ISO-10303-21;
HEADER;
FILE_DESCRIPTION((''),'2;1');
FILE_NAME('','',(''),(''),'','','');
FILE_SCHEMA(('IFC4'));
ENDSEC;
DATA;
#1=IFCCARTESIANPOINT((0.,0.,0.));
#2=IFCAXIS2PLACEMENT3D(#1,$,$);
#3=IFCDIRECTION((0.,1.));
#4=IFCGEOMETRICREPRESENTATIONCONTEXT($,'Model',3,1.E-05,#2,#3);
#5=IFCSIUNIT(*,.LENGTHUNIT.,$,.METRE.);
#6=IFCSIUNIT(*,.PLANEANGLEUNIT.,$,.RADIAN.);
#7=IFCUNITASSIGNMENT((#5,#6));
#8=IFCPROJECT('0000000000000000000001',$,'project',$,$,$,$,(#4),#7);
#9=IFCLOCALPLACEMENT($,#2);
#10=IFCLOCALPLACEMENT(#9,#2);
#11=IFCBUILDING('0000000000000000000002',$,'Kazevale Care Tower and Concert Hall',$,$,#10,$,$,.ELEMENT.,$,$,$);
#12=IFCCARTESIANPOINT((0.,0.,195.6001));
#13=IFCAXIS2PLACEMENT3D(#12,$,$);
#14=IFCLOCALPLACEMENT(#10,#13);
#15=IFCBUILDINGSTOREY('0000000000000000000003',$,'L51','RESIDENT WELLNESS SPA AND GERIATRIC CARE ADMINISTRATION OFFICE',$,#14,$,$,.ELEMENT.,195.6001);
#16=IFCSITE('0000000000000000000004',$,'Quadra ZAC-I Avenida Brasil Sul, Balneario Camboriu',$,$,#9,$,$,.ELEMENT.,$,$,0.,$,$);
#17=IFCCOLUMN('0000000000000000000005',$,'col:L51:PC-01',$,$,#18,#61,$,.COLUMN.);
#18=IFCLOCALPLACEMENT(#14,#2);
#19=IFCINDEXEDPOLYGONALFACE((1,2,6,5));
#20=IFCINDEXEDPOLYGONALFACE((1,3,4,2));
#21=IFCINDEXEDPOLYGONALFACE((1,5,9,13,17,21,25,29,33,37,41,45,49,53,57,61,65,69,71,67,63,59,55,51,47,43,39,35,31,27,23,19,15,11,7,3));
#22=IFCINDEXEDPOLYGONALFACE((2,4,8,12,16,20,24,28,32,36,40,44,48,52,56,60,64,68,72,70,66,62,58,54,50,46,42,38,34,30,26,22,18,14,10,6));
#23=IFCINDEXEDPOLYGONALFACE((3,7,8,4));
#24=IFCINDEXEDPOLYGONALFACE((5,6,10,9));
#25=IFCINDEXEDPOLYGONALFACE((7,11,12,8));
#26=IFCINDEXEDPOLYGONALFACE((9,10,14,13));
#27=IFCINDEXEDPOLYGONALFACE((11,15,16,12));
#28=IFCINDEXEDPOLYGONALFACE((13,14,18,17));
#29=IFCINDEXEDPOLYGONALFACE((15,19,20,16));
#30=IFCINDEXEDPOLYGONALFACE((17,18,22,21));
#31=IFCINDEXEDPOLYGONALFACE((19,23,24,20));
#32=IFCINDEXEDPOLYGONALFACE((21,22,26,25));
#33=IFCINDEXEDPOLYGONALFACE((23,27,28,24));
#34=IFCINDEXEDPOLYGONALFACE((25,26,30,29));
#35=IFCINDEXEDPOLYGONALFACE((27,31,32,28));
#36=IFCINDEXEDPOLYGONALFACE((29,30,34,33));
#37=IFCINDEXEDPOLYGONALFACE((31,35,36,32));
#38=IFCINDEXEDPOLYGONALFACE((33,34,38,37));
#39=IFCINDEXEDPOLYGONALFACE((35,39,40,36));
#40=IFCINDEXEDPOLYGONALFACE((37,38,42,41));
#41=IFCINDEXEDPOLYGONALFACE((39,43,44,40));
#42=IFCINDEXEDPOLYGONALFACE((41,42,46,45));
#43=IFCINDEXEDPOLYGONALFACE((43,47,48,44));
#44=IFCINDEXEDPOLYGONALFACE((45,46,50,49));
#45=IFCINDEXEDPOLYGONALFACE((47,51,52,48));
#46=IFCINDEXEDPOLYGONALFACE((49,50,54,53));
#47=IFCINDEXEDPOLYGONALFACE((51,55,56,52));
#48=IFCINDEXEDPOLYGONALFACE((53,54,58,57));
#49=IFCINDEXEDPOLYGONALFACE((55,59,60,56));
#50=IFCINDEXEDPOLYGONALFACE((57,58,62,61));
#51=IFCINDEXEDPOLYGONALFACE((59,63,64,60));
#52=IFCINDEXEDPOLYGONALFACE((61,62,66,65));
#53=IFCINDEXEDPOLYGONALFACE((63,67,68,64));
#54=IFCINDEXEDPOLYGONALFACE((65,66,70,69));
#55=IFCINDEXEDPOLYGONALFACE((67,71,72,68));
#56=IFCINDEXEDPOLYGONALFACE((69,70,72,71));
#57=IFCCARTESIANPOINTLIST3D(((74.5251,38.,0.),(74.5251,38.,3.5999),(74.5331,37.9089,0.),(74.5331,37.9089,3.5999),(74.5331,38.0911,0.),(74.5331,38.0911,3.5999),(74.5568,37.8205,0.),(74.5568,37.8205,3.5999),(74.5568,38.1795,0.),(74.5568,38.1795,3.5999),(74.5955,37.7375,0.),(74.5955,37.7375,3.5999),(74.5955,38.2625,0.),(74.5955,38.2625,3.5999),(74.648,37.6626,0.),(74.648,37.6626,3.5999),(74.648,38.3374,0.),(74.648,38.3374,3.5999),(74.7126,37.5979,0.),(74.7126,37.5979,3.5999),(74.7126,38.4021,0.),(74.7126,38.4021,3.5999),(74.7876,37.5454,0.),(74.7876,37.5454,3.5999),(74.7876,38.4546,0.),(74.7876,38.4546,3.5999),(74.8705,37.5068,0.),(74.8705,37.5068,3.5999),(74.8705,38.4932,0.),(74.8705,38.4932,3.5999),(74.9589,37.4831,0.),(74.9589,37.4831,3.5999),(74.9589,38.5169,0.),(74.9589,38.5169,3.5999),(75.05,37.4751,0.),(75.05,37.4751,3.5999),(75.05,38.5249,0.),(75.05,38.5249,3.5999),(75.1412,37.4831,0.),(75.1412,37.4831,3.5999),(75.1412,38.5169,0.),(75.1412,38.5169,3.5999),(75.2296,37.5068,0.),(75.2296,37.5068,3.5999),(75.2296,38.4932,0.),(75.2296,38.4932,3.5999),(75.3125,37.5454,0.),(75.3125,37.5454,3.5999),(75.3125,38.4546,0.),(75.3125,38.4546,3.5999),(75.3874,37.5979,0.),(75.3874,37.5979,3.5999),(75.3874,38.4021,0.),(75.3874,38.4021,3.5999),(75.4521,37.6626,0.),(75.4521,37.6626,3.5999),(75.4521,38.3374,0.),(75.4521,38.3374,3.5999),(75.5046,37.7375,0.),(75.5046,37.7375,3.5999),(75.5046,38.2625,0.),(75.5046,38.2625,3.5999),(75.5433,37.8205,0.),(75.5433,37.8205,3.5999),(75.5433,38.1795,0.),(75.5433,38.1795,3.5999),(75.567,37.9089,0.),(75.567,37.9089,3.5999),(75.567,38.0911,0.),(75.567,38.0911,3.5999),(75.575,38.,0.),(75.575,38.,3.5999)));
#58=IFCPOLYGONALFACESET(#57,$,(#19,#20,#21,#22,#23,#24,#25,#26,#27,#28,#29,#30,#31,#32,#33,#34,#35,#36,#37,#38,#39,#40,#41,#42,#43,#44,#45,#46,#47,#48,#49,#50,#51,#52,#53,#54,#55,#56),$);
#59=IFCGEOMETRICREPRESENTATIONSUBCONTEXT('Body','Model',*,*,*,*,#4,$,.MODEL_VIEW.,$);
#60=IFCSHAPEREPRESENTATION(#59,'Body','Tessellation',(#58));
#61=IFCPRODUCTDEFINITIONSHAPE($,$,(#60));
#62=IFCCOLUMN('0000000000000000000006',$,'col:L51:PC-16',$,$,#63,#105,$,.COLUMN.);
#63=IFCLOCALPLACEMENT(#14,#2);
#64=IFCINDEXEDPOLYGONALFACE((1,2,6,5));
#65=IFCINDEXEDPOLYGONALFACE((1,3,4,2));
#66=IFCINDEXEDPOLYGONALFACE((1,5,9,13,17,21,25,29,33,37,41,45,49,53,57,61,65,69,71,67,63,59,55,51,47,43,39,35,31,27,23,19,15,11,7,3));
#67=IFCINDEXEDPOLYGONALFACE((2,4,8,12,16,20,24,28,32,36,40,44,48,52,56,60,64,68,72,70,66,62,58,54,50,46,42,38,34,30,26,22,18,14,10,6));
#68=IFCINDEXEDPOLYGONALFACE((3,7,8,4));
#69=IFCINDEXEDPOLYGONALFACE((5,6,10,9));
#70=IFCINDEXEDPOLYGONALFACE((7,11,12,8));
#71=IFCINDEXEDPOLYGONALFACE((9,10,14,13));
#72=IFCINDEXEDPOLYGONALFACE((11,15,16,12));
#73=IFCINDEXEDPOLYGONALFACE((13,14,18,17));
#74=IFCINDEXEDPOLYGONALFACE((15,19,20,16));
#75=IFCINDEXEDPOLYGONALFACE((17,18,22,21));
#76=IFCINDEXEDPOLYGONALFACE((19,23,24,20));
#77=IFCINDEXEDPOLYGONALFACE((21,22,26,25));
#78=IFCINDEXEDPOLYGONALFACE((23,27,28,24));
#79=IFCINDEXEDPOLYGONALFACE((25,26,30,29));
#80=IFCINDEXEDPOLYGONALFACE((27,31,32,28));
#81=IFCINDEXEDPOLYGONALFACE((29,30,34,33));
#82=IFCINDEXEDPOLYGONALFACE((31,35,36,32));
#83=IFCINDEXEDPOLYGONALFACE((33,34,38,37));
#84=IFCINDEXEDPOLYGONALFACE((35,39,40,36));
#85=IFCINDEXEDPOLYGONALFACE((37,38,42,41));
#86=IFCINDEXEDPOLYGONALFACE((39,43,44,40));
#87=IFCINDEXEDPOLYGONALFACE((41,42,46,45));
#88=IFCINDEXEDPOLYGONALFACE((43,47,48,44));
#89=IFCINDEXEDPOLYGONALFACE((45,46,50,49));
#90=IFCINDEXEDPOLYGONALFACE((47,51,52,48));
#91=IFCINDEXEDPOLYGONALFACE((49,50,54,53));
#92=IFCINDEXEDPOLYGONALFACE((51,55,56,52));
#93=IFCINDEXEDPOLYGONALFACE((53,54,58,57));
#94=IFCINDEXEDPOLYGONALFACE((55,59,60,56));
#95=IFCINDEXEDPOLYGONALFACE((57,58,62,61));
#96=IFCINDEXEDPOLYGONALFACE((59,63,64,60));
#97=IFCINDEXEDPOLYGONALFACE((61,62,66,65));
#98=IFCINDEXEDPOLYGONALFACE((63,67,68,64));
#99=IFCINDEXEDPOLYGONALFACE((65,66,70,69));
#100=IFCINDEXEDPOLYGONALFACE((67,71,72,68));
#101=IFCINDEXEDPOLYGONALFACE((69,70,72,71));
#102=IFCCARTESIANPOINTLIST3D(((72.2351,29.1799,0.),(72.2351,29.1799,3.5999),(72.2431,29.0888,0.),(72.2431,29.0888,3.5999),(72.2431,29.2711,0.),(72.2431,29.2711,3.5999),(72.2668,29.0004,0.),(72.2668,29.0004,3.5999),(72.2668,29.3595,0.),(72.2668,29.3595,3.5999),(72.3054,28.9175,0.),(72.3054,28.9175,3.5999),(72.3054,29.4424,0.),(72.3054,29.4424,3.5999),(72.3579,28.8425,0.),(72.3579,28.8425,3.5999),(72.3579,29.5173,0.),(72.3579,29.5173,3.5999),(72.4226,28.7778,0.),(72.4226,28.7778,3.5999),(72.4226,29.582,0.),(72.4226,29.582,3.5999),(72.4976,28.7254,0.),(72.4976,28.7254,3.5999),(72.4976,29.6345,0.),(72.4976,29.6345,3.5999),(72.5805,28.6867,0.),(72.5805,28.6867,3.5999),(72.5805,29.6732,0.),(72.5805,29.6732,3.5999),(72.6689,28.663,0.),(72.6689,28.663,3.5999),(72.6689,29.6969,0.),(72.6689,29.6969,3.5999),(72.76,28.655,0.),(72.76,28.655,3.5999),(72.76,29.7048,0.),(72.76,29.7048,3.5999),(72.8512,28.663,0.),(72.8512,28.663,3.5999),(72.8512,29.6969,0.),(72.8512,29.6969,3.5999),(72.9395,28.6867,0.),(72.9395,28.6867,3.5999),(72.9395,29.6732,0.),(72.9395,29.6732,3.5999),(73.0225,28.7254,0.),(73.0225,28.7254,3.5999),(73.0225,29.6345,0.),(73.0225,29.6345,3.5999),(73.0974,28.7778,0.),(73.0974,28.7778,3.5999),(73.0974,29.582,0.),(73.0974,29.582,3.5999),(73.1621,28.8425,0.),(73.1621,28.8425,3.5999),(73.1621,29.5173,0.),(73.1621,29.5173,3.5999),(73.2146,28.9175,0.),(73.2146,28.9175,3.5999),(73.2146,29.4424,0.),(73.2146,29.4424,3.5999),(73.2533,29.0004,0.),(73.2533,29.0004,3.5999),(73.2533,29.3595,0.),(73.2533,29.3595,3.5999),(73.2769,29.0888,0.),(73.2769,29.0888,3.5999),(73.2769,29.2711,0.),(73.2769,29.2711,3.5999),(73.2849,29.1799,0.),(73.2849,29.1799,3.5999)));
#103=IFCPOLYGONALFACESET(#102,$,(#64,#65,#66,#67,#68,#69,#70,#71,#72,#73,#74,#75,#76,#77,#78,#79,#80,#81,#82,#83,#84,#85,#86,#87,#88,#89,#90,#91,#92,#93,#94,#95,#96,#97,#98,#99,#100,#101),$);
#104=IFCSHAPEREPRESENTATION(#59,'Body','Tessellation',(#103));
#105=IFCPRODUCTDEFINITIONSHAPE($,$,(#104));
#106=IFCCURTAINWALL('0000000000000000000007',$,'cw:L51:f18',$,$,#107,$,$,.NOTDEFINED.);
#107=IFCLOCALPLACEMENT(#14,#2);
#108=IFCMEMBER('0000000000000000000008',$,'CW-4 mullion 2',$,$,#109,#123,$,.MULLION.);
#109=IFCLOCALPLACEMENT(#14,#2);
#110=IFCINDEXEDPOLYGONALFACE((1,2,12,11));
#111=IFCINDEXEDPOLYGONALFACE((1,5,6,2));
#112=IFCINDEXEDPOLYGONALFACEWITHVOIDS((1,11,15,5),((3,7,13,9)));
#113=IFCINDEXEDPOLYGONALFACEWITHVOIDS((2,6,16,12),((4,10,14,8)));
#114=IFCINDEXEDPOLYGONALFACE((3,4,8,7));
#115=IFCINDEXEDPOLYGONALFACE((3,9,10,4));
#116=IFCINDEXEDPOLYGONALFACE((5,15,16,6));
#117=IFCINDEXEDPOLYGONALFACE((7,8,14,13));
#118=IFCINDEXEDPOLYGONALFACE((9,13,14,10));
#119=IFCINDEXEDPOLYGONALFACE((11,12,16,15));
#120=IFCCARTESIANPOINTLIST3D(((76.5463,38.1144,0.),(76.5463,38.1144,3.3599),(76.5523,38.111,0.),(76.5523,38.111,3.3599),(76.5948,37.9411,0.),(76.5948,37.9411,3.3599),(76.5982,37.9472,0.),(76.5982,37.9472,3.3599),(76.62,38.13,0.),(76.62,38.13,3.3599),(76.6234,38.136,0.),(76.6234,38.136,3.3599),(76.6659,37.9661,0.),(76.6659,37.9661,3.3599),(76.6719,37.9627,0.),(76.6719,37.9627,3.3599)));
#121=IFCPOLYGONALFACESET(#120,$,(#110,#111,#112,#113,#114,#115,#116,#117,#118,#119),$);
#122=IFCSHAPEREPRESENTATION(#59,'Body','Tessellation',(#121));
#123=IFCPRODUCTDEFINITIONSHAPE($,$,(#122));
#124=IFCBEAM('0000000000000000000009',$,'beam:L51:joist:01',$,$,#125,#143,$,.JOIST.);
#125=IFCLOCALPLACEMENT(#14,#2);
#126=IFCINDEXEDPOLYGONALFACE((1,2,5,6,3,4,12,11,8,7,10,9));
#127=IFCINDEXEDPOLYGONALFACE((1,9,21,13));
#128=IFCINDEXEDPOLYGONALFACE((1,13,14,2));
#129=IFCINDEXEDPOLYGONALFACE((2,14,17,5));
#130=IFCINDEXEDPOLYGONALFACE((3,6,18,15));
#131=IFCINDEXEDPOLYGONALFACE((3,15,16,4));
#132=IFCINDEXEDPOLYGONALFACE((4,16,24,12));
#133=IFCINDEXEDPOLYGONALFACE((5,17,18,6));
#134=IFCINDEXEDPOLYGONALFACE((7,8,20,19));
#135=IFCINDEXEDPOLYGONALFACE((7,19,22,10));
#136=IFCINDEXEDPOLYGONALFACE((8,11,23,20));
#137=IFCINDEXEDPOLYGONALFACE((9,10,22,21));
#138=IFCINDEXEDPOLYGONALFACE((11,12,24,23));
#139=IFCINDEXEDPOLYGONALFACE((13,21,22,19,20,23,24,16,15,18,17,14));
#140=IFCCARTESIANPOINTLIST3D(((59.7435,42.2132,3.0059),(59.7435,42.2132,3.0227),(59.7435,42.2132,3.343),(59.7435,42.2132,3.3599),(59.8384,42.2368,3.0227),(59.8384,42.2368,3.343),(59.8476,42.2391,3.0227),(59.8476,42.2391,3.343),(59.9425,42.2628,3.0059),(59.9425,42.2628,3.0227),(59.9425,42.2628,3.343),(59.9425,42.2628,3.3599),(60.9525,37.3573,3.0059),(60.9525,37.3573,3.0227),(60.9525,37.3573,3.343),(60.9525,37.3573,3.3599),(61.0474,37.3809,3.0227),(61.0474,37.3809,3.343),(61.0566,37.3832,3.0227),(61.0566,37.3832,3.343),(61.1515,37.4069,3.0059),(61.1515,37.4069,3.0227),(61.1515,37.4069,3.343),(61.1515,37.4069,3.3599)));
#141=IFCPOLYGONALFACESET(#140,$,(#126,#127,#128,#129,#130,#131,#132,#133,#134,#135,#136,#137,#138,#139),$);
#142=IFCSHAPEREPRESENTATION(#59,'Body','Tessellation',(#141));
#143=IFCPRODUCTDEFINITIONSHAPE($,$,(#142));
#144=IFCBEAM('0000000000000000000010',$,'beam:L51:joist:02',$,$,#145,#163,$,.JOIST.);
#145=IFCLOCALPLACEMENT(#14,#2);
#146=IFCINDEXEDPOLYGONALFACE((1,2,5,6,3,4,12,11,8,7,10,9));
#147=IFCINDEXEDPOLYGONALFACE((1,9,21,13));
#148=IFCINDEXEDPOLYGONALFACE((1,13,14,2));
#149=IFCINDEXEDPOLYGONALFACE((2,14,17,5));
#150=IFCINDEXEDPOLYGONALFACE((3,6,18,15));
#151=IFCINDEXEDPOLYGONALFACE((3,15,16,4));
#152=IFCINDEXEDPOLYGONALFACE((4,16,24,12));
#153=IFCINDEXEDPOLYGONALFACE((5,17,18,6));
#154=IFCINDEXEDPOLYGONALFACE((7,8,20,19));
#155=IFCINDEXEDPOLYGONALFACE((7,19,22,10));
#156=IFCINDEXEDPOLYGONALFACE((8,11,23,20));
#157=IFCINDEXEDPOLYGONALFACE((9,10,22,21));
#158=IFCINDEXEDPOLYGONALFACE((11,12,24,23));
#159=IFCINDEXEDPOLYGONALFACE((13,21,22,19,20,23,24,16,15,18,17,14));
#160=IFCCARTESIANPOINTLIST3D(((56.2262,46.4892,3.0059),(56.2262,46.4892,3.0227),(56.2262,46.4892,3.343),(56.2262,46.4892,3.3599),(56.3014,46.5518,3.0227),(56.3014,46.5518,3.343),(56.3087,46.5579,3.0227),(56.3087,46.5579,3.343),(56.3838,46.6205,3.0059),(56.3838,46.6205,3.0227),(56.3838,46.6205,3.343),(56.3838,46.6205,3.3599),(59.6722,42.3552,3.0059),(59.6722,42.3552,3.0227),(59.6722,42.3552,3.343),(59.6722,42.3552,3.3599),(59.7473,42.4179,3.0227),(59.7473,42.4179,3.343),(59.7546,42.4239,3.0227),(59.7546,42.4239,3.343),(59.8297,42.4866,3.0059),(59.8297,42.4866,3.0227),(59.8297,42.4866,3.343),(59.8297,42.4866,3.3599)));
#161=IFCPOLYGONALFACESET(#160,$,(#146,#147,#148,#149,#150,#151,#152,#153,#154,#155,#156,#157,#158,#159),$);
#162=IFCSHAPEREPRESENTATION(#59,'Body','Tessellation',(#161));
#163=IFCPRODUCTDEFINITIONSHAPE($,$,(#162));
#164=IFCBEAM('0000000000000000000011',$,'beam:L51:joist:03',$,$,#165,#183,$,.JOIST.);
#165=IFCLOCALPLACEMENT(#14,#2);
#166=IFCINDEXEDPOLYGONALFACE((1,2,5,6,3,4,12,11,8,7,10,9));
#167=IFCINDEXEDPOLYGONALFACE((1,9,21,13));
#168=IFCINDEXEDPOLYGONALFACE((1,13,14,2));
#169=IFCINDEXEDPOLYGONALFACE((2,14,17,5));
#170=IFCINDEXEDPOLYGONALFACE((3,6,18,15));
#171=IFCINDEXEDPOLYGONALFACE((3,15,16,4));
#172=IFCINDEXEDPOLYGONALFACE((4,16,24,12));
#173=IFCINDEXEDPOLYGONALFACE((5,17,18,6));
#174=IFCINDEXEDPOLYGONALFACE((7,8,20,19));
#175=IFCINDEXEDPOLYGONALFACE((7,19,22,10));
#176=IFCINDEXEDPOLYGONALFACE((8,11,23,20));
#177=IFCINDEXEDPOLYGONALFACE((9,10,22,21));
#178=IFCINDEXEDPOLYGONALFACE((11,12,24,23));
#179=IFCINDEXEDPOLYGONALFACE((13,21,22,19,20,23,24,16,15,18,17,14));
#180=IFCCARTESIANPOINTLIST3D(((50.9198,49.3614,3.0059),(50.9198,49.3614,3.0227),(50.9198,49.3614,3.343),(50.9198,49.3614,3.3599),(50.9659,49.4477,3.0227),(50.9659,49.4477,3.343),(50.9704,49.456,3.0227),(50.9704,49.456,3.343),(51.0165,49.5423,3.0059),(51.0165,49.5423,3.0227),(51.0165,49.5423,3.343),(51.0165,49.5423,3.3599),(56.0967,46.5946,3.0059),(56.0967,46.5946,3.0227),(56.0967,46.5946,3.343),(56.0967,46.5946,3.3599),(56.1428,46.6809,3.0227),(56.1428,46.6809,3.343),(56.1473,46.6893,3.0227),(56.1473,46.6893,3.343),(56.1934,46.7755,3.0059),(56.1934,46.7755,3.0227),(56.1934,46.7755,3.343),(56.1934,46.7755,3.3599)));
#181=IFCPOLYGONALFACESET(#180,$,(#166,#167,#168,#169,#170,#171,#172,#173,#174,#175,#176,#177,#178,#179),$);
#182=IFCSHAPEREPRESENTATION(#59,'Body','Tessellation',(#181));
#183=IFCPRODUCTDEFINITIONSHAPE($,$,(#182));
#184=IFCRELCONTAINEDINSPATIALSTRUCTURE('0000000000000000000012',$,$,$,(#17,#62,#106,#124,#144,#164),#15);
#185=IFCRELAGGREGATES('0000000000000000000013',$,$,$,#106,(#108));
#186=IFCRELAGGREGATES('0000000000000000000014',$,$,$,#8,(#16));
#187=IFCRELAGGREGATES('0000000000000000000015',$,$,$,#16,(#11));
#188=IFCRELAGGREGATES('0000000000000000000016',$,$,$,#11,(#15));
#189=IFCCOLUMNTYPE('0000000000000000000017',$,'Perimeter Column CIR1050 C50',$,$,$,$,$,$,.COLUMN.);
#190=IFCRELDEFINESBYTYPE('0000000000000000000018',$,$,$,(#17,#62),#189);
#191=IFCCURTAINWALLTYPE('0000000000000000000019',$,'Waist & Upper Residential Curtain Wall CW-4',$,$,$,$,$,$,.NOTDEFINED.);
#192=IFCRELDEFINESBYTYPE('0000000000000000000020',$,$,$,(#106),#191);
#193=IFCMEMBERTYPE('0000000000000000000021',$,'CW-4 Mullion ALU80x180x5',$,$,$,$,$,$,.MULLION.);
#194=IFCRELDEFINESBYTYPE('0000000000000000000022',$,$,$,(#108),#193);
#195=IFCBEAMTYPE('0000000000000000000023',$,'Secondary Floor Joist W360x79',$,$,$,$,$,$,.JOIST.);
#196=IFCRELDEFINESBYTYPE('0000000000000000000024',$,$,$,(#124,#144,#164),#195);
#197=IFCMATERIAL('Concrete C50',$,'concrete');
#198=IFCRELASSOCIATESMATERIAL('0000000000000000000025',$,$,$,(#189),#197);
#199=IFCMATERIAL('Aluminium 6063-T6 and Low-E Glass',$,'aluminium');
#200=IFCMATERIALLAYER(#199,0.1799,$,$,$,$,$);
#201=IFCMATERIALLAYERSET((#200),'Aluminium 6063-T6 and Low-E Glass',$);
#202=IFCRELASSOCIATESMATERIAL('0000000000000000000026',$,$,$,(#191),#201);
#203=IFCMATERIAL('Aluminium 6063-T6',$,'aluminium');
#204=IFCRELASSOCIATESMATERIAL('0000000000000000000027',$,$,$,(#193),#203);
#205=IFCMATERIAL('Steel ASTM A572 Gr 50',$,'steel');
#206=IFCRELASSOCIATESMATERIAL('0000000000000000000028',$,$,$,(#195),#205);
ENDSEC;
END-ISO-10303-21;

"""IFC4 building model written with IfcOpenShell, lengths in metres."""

from ifc_helpers import new_model, si_unit, direction, frame, origin, origin_2d, place, context, subcontext, project, spatial, hollow_rectangle, circle, i_section, extrude, material, layer, layer_set, material_profile, profile_set, type_object, element, aggregate, save


model = new_model("IFC4")

# Units and contexts
model_context = context("Model", 3, precision=1e-05, world=origin(), true_north=direction((0.0, 1.0)))
body_context = subcontext(model_context, "Body", "Model", "MODEL_VIEW")
ifc_project = project(units=[si_unit("LENGTHUNIT", "METRE"), si_unit("PLANEANGLEUNIT", "RADIAN")], contexts=[model_context])

# Site, building, storey
site_placement = place(None, origin())
site = spatial("IfcSite", under=ifc_project, at=site_placement, Name="Quadra ZAC-I Avenida Brasil Sul, Balneario Camboriu", CompositionType="ELEMENT", RefElevation=0.0)
building_placement = place(site_placement, origin())
building = spatial("IfcBuilding", under=site, at=building_placement, Name="Kazevale Care Tower and Concert Hall", CompositionType="ELEMENT")
storey_placement = place(building_placement, frame((0.0, 0.0, 195.6001)))
storey = spatial("IfcBuildingStorey", under=building, at=storey_placement, Name="L51", Description="RESIDENT WELLNESS SPA AND GERIATRIC CARE ADMINISTRATION OFFICE", CompositionType="ELEMENT", Elevation=195.6001)

# Columns
ifc_material_1 = material(Name="Concrete C50", Category="concrete")
ifc_material_profile_1 = material_profile(ifc_material_1, circle(Radius=0.5249, at=origin_2d()), Name="RC-CIR1050")
ifc_profile_set_1 = profile_set([ifc_material_profile_1], Name="Concrete C50")
column_type = type_object("IfcColumnType", Name="Perimeter Column CIR1050 C50", PredefinedType="COLUMN", material=ifc_profile_set_1)
for number, where, z_axis, x_axis, name in (
    (1, (75.05, 38.0, 0.0), (0.0, 0.0, 1.0), (1.0, 0.0, 0.0), "col:L51:PC-01"),
    (2, (72.76, 29.1799, 0.0), (0.0, 0.0, 1.0), (1.0, 0.0, 0.0), "col:L51:PC-16"),
):
    element("IfcColumn", number, at=place(storey_placement, frame(where, z_axis=z_axis, x_axis=x_axis)), inside=storey, type_object=column_type, Name=name, PredefinedType="COLUMN", context=body_context, shape_type="SweptSolid", body=[
        extrude(circle(Radius=0.5249, at=origin_2d()), origin(), (0.0, 0.0, 1.0), 3.5999),
    ])

# Curtain wall, member
ifc_material_2 = material(Name="Aluminium 6063-T6 and Low-E Glass", Category="aluminium")
ifc_layer_1 = layer(ifc_material_2, 0.1799)
ifc_layer_set_1 = layer_set([ifc_layer_1], Name="Aluminium 6063-T6 and Low-E Glass")
curtain_wall_type = type_object("IfcCurtainWallType", Name="Waist & Upper Residential Curtain Wall CW-4", PredefinedType="NOTDEFINED", material=ifc_layer_set_1)
curtain_wall_placement = place(storey_placement, origin())
curtain_wall = element("IfcCurtainWall", 3, at=curtain_wall_placement, inside=storey, type_object=curtain_wall_type, Name="cw:L51:f18", PredefinedType="NOTDEFINED")
ifc_material_3 = material(Name="Aluminium 6063-T6", Category="aluminium")
ifc_material_profile_2 = material_profile(ifc_material_3, hollow_rectangle(XDim=0.0801, YDim=0.1799, WallThickness=0.0049, at=origin_2d()), Name="ALU80x180x5")
ifc_profile_set_2 = profile_set([ifc_material_profile_2], Name="Aluminium 6063-T6")
member_type = type_object("IfcMemberType", Name="CW-4 Mullion ALU80x180x5", PredefinedType="MULLION", material=ifc_profile_set_2)
member_placement = place(storey_placement, frame((76.6091, 38.0386, 0.0), z_axis=(0.0, 0.0, 1.0), x_axis=(0.962972, 0.269601, 0.0)))
member = element("IfcMember", 4, at=member_placement, type_object=member_type, Name="CW-4 mullion 2", PredefinedType="MULLION", context=body_context, shape_type="SweptSolid", body=[
    extrude(hollow_rectangle(XDim=0.0801, YDim=0.1799, WallThickness=0.0049, at=origin_2d()), origin(), (0.0, 0.0, 1.0), 3.3599),
])

# Beams
ifc_material_4 = material(Name="Steel ASTM A572 Gr 50", Category="steel")
ifc_material_profile_3 = material_profile(ifc_material_4, i_section(OverallWidth=0.2051, OverallDepth=0.354, WebThickness=0.0095, FlangeThickness=0.0168, at=origin_2d()), Name="W360x79")
ifc_profile_set_3 = profile_set([ifc_material_profile_3], Name="Steel ASTM A572 Gr 50")
beam_type_1 = type_object("IfcBeamType", Name="Secondary Floor Joist W360x79", PredefinedType="JOIST", material=ifc_profile_set_3)
beam_1_placement = place(storey_placement, frame((61.052, 37.3821, 3.1829), z_axis=(-0.241594, 0.970377, 0.0), x_axis=(-0.970377, -0.241594, 0.0)))
element("IfcBeam", 5, at=beam_1_placement, inside=storey, type_object=beam_type_1, Name="beam:L51:joist:01", PredefinedType="JOIST", context=body_context, shape_type="SweptSolid", body=[
    extrude(i_section(OverallWidth=0.2051, OverallDepth=0.354, WebThickness=0.0095, FlangeThickness=0.0168, at=origin_2d()), origin(), (0.0, 0.0, 1.0), 5.0042),
])
beam_2_placement = place(storey_placement, frame((59.751, 42.4209, 3.1829), z_axis=(-0.640296, 0.768128, 0.0), x_axis=(-0.768128, -0.640296, 0.0)))
element("IfcBeam", 6, at=beam_2_placement, inside=storey, type_object=beam_type_1, Name="beam:L51:joist:02", PredefinedType="JOIST", context=body_context, shape_type="SweptSolid", body=[
    extrude(i_section(OverallWidth=0.2051, OverallDepth=0.354, WebThickness=0.0095, FlangeThickness=0.0168, at=origin_2d()), origin(), (0.0, 0.0, 1.0), 5.3818),
])
beam_3_placement = place(storey_placement, frame((56.145, 46.6851, 3.1829), z_axis=(-0.881944, 0.471354, 0.0), x_axis=(-0.471354, -0.881944, 0.0)))
element("IfcBeam", 7, at=beam_3_placement, inside=storey, type_object=beam_type_1, Name="beam:L51:joist:03", PredefinedType="JOIST", context=body_context, shape_type="SweptSolid", body=[
    extrude(i_section(OverallWidth=0.2051, OverallDepth=0.354, WebThickness=0.0095, FlangeThickness=0.0168, at=origin_2d()), origin(), (0.0, 0.0, 1.0), 5.8699),
])

aggregate(curtain_wall, [member])

save(model, "model.ifc")
